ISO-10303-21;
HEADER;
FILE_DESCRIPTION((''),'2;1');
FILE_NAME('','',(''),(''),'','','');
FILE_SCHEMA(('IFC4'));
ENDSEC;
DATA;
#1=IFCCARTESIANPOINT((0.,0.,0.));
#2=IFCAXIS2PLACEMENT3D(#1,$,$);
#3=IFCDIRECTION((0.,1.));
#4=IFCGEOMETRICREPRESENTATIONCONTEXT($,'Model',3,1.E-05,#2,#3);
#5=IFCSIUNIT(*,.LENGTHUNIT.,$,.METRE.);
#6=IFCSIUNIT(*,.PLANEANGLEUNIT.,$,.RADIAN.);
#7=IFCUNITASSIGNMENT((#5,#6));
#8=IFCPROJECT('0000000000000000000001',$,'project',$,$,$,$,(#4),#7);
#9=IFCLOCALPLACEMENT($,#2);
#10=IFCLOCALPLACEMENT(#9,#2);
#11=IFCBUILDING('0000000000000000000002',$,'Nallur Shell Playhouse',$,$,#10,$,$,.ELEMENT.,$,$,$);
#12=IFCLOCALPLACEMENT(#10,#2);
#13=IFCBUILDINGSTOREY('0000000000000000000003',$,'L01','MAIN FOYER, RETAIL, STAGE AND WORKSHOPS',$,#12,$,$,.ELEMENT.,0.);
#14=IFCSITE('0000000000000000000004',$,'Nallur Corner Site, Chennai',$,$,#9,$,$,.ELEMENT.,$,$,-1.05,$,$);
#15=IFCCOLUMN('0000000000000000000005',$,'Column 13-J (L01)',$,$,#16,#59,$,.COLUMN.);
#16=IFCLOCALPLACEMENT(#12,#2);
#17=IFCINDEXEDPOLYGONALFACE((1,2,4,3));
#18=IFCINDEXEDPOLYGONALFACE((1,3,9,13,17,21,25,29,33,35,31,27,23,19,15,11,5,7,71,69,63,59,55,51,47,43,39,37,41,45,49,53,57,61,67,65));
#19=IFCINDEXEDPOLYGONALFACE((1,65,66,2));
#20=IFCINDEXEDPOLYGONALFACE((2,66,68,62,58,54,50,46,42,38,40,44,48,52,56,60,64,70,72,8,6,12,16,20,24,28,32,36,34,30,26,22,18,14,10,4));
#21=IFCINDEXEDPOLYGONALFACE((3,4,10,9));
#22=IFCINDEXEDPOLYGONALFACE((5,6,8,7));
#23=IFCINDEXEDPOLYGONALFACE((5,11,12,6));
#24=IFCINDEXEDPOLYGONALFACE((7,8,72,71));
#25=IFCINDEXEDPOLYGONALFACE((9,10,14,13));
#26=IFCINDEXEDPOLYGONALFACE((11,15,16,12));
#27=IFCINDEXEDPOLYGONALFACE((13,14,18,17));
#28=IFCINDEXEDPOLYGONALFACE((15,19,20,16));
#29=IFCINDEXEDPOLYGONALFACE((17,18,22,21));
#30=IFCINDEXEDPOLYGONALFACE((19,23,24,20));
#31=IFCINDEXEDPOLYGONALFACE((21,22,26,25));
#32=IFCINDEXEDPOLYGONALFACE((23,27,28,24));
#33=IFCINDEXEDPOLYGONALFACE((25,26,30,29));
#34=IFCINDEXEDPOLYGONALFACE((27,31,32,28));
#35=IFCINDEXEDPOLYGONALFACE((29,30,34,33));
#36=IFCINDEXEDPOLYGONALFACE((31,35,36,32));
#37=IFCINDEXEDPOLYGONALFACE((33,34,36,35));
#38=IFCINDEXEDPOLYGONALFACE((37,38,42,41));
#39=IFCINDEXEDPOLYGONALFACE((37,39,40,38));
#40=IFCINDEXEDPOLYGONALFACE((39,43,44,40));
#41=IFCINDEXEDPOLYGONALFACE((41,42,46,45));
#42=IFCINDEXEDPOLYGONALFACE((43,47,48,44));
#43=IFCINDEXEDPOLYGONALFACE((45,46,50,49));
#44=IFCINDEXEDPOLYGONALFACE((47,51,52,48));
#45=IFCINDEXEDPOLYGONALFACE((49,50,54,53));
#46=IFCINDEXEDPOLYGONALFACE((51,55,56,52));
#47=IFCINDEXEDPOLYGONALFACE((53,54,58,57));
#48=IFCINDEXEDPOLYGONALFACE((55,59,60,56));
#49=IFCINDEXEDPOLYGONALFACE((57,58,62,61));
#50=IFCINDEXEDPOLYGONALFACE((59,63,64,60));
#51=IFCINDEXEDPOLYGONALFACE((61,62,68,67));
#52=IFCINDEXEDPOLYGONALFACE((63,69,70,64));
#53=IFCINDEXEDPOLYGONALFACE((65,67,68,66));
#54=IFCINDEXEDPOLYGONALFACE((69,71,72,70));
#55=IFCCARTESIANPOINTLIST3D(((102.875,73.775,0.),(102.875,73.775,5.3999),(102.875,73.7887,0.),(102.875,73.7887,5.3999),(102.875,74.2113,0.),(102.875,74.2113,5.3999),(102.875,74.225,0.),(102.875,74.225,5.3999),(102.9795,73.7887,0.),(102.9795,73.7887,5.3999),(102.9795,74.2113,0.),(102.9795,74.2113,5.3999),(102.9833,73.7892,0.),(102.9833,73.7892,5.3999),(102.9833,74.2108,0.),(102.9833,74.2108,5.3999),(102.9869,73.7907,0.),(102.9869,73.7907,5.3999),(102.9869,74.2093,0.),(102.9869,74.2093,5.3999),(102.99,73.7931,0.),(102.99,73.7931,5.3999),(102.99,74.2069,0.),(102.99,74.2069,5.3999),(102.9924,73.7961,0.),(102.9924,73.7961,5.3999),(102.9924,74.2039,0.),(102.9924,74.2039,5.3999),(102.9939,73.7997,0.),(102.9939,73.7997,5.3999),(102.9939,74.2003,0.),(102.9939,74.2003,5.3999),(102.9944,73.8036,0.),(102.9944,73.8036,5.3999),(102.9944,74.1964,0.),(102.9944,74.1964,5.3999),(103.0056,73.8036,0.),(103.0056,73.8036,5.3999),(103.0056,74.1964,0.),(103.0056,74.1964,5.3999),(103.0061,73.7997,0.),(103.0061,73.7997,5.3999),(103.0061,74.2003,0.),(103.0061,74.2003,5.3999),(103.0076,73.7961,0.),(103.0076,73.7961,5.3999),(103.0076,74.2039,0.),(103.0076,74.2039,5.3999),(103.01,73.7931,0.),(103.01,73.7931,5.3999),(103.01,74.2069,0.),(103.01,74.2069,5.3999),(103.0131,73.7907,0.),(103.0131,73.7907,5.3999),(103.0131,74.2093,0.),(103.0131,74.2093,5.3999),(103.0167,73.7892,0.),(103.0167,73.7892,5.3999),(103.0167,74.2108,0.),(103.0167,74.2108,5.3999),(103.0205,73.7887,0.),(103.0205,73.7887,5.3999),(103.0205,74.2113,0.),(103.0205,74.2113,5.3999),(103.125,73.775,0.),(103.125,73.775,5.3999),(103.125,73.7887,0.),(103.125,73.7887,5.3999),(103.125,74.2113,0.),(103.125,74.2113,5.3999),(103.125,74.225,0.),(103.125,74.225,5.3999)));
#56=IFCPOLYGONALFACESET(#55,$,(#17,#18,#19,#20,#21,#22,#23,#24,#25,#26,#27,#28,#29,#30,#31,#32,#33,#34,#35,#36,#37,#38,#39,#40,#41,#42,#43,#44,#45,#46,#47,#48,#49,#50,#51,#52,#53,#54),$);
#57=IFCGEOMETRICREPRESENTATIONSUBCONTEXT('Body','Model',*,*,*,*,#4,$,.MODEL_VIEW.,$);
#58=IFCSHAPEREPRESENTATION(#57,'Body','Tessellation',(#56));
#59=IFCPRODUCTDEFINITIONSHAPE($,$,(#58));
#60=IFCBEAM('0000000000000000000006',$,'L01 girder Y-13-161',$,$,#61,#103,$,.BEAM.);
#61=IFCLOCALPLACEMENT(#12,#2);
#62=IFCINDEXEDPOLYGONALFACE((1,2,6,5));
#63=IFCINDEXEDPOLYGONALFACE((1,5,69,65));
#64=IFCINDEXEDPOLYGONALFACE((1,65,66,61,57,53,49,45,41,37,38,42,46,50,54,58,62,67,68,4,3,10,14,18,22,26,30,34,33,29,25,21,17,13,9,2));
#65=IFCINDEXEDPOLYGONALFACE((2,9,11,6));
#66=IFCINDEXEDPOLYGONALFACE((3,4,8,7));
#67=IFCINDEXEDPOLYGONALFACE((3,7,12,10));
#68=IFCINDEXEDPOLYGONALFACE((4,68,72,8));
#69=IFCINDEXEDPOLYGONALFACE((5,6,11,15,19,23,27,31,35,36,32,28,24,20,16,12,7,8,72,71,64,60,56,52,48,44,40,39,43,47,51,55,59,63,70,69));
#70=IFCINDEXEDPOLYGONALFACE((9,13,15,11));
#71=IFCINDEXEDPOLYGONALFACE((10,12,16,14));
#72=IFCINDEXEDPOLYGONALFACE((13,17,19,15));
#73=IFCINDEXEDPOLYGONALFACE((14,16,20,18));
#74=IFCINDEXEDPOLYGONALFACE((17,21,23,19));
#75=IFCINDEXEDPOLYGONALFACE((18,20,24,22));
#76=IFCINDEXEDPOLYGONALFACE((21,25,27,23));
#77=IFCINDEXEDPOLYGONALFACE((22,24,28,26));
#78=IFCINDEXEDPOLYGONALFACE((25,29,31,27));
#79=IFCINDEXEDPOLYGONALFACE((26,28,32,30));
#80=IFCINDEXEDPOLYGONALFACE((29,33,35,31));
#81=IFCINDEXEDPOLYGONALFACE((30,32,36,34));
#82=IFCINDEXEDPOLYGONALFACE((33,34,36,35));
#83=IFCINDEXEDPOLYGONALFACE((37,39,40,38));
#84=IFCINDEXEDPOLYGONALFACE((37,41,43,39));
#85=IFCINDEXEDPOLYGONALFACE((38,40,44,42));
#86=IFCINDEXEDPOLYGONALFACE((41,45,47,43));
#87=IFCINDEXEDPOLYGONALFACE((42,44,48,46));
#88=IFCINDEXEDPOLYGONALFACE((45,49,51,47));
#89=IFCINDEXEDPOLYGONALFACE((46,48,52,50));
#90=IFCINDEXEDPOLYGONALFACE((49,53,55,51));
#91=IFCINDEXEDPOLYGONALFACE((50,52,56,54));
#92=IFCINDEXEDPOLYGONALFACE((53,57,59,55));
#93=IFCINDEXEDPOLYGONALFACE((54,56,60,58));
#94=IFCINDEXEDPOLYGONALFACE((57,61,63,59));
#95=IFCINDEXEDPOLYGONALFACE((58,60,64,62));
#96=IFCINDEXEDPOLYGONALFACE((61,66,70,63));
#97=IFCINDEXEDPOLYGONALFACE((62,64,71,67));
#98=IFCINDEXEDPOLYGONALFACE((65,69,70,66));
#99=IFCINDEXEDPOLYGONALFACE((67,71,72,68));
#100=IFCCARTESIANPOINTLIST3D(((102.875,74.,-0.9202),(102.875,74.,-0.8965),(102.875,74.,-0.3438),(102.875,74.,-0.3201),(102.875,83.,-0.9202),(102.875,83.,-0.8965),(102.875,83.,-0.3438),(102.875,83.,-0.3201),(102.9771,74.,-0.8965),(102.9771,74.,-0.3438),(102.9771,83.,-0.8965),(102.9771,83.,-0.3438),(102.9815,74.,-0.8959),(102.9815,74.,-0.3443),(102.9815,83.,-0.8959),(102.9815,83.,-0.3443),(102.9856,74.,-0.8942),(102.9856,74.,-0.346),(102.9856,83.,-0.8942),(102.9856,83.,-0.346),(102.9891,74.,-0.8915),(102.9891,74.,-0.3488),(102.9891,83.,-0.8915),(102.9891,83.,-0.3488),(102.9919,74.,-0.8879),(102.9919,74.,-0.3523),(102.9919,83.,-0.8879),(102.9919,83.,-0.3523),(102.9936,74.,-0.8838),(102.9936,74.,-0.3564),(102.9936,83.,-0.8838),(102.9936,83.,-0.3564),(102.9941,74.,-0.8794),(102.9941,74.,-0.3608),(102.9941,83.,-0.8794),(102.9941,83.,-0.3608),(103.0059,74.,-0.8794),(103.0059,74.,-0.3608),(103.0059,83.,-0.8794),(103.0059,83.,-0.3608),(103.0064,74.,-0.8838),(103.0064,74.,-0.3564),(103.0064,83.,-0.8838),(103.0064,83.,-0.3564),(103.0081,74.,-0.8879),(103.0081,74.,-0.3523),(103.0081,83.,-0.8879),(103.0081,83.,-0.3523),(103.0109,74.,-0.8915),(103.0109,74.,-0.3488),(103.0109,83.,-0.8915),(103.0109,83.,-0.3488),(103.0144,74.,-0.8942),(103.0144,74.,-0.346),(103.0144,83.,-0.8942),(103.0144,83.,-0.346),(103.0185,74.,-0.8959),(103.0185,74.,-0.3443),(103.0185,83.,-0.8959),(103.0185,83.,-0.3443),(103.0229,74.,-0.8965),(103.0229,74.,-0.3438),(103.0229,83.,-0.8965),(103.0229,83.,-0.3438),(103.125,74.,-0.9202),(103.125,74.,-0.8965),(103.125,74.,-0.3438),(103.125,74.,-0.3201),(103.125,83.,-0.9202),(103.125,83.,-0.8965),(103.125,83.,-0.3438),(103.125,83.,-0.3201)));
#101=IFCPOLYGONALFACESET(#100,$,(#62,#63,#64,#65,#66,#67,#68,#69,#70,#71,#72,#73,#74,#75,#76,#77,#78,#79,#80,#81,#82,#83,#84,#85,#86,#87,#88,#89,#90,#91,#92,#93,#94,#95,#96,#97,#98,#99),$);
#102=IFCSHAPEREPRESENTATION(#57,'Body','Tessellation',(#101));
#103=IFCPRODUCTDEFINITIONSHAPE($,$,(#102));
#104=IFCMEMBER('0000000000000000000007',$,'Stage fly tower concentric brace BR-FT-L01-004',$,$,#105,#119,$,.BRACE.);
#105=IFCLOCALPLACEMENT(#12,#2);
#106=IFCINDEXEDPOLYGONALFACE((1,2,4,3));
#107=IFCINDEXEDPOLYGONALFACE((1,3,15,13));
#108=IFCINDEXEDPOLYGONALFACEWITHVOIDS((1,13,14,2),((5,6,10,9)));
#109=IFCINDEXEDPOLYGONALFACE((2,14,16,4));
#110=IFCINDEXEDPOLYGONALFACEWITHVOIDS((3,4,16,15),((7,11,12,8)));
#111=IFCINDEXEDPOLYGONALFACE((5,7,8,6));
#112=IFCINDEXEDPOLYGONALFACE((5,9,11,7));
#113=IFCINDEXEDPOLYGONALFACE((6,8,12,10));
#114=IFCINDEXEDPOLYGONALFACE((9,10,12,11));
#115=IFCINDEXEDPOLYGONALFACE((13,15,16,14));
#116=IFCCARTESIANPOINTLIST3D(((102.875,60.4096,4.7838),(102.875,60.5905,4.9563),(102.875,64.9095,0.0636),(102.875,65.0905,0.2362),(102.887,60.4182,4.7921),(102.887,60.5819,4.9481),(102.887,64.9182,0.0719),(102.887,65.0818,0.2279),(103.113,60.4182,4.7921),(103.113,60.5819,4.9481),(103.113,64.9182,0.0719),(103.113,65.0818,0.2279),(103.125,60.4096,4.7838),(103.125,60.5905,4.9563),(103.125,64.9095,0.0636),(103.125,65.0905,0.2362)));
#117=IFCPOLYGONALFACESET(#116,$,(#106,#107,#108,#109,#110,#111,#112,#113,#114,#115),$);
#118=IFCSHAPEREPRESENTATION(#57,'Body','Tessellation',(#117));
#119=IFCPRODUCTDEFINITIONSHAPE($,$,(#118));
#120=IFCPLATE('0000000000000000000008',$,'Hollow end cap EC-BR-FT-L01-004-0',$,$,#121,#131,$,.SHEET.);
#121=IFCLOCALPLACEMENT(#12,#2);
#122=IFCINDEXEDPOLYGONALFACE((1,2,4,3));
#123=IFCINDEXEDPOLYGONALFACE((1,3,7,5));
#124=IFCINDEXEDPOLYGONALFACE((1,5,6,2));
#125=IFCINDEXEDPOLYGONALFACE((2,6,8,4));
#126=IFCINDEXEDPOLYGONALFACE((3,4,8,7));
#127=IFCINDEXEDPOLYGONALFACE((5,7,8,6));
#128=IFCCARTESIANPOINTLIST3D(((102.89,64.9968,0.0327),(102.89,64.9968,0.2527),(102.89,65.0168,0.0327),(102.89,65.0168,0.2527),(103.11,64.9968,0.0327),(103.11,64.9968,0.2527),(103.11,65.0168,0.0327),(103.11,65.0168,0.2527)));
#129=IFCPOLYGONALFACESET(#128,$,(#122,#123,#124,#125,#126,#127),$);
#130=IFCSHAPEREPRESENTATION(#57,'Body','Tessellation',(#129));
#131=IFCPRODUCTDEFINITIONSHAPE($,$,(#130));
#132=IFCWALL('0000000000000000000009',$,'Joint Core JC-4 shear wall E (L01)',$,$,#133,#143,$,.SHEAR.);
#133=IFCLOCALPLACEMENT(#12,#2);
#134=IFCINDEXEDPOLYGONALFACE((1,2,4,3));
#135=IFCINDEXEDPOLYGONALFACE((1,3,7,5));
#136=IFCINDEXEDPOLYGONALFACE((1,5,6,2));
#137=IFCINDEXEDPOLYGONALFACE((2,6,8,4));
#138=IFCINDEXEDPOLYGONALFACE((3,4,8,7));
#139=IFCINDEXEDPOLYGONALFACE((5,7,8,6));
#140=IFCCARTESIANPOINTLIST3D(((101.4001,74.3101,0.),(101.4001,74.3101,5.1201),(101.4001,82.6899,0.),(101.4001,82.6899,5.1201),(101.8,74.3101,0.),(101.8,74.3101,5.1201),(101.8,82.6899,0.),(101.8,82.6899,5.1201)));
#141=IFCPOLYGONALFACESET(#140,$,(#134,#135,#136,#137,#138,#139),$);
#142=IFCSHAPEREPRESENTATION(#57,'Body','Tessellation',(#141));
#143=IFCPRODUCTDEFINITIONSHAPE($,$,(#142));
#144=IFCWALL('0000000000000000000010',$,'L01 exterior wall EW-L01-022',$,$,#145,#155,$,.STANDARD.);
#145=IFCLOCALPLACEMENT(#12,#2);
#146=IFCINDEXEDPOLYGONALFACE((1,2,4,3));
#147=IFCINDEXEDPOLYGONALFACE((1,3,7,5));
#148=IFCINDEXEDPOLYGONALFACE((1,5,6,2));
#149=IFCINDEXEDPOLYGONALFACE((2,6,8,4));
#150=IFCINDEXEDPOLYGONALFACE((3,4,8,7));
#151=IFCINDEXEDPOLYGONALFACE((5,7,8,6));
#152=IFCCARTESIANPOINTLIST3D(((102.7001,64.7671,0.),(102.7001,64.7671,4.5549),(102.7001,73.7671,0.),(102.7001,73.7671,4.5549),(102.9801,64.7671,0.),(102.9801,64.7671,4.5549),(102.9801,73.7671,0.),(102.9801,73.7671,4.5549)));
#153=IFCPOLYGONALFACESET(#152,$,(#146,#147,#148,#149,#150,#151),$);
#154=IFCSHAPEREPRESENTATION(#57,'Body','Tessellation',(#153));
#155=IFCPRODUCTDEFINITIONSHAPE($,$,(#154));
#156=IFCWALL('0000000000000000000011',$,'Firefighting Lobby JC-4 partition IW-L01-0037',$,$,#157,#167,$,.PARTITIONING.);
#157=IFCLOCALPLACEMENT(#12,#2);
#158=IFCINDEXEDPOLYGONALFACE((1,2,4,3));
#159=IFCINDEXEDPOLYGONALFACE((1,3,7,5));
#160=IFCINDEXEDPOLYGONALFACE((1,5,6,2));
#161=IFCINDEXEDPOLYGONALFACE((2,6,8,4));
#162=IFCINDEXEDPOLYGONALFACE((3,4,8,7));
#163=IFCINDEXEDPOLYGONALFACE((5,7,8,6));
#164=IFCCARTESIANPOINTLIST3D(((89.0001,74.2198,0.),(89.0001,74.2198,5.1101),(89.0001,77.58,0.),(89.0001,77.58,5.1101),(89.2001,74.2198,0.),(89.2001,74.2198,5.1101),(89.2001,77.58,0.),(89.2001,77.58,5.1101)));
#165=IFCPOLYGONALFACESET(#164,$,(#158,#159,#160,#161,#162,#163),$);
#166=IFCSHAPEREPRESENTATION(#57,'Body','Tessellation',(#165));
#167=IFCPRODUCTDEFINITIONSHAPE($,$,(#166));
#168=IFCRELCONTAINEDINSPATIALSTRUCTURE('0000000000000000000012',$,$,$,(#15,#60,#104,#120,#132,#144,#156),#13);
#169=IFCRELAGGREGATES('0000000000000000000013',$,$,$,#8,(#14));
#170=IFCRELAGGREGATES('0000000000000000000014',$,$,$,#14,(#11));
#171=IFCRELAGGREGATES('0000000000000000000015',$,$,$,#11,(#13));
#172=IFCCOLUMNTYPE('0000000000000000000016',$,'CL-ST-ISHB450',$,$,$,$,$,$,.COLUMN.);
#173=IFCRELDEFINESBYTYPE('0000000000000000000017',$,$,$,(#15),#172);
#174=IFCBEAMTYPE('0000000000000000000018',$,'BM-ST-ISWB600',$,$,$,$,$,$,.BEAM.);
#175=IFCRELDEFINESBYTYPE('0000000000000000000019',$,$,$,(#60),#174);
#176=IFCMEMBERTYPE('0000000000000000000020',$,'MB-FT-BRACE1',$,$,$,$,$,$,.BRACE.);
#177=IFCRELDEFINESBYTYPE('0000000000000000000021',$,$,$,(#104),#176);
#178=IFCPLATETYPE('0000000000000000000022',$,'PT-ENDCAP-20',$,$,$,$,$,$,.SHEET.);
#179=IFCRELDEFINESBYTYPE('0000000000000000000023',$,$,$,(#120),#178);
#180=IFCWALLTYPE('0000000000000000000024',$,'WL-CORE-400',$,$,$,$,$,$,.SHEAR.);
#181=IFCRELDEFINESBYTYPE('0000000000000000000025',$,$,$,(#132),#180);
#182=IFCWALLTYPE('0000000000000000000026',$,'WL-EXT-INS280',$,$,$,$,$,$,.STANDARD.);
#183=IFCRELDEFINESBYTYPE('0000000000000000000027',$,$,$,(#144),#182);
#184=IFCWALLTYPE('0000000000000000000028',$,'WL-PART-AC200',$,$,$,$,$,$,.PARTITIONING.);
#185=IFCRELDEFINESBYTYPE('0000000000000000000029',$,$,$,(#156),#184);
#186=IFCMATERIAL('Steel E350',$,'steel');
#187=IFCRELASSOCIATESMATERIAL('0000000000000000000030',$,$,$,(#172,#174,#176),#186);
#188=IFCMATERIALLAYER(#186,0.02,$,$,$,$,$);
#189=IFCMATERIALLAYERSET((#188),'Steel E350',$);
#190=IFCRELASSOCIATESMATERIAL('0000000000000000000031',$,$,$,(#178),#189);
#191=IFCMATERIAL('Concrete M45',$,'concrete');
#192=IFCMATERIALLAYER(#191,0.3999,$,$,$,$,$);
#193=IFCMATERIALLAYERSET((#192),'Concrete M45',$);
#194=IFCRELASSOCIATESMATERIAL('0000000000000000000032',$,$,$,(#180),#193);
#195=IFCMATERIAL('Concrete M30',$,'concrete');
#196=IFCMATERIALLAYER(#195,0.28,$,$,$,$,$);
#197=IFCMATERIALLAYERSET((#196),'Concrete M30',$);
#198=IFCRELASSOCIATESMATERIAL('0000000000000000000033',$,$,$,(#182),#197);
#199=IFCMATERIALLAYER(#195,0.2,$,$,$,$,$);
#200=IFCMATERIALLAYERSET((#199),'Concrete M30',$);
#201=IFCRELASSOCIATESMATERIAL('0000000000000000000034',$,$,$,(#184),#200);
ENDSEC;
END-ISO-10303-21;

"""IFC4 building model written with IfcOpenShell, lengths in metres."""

from ifc_helpers import new_model, si_unit, direction, frame, frame_2d, origin, origin_2d, place, context, subcontext, project, spatial, rectangle, hollow_rectangle, i_section, extrude, material, layer, layer_set, material_profile, profile_set, type_object, element, save


model = new_model("IFC4")

# Units and contexts
model_context = context("Model", 3, precision=1e-05, world=origin(), true_north=direction((0.0, 1.0)))
body_context = subcontext(model_context, "Body", "Model", "MODEL_VIEW")
ifc_project = project(units=[si_unit("LENGTHUNIT", "METRE"), si_unit("PLANEANGLEUNIT", "RADIAN")], contexts=[model_context])

# Site, building, storey
site_placement = place(None, origin())
site = spatial("IfcSite", under=ifc_project, at=site_placement, Name="Nallur Corner Site, Chennai", CompositionType="ELEMENT", RefElevation=-1.05)
building_placement = place(site_placement, origin())
building = spatial("IfcBuilding", under=site, at=building_placement, Name="Nallur Shell Playhouse", CompositionType="ELEMENT")
storey_placement = place(building_placement, origin())
storey = spatial("IfcBuildingStorey", under=building, at=storey_placement, Name="L01", Description="MAIN FOYER, RETAIL, STAGE AND WORKSHOPS", CompositionType="ELEMENT", Elevation=0.0)

# Column
ifc_material_1 = material(Name="Steel E350", Category="steel")
ifc_material_profile_1 = material_profile(ifc_material_1, i_section(OverallWidth=0.25, OverallDepth=0.45, WebThickness=0.0112, FlangeThickness=0.0137, FilletRadius=0.0149, at=origin_2d()), Name="ISHB 450")
ifc_profile_set_1 = profile_set([ifc_material_profile_1], Name="Steel E350")
column_type = type_object("IfcColumnType", Name="CL-ST-ISHB450", PredefinedType="COLUMN", material=ifc_profile_set_1)
column_placement = place(storey_placement, frame((103.0, 74.0, 0.0), z_axis=(0.0, 0.0, 1.0), x_axis=(1.0, 0.0, 0.0)))
element("IfcColumn", 1, at=column_placement, inside=storey, type_object=column_type, Name="Column 13-J (L01)", PredefinedType="COLUMN", context=body_context, shape_type="SweptSolid", body=[
    extrude(i_section(OverallWidth=0.25, OverallDepth=0.45, WebThickness=0.0112, FlangeThickness=0.0137, FilletRadius=0.0149, at=origin_2d()), origin(), (0.0, 0.0, 1.0), 5.3999),
])

# Beam
ifc_material_profile_2 = material_profile(ifc_material_1, i_section(OverallWidth=0.25, OverallDepth=0.6001, WebThickness=0.0117, FlangeThickness=0.0237, FilletRadius=0.0171, at=origin_2d()), Name="ISWB 600")
ifc_profile_set_2 = profile_set([ifc_material_profile_2], Name="Steel E350")
beam_type = type_object("IfcBeamType", Name="BM-ST-ISWB600", PredefinedType="BEAM", material=ifc_profile_set_2)
beam_placement = place(storey_placement, frame((103.0, 74.0, -0.6201), z_axis=(0.0, 1.0, 0.0), x_axis=(-1.0, 0.0, 0.0)))
element("IfcBeam", 2, at=beam_placement, inside=storey, type_object=beam_type, Name="L01 girder Y-13-161", PredefinedType="BEAM", context=body_context, shape_type="SweptSolid", body=[
    extrude(i_section(OverallWidth=0.25, OverallDepth=0.6001, WebThickness=0.0117, FlangeThickness=0.0237, FilletRadius=0.0171, at=origin_2d()), origin(), (0.0, 0.0, 1.0), 9.0),
])

# Member
ifc_material_profile_3 = material_profile(ifc_material_1, hollow_rectangle(XDim=0.25, YDim=0.25, WallThickness=0.012, at=origin_2d()), Name="SHS 250x250x12")
ifc_profile_set_3 = profile_set([ifc_material_profile_3], Name="Steel E350")
member_type = type_object("IfcMemberType", Name="MB-FT-BRACE1", PredefinedType="BRACE", material=ifc_profile_set_3)
member_placement = place(storey_placement, frame((103.0, 65.0, 0.1499), z_axis=(0.0, -0.690022, 0.723789), x_axis=(1.0, 0.0, 0.0)))
element("IfcMember", 3, at=member_placement, inside=storey, type_object=member_type, Name="Stage fly tower concentric brace BR-FT-L01-004", PredefinedType="BRACE", context=body_context, shape_type="SweptSolid", body=[
    extrude(hollow_rectangle(XDim=0.25, YDim=0.25, WallThickness=0.012, at=origin_2d()), origin(), (0.0, 0.0, 1.0), 6.5215),
])

# Plate
ifc_layer_1 = layer(ifc_material_1, 0.02)
ifc_layer_set_1 = layer_set([ifc_layer_1], Name="Steel E350")
plate_type = type_object("IfcPlateType", Name="PT-ENDCAP-20", PredefinedType="SHEET", material=ifc_layer_set_1)
plate_placement = place(storey_placement, frame((103.0, 65.0068, 0.0327), z_axis=(0.0, 0.0, 1.0), x_axis=(1.0, 0.0, 0.0)))
element("IfcPlate", 4, at=plate_placement, inside=storey, type_object=plate_type, Name="Hollow end cap EC-BR-FT-L01-004-0", PredefinedType="SHEET", context=body_context, shape_type="SweptSolid", body=[
    extrude(rectangle(XDim=0.22, YDim=0.02, at=origin_2d()), origin(), (0.0, 0.0, 1.0), 0.22),
])

# Shared definitions
ifc_material_2 = material(Name="Concrete M45", Category="concrete")
ifc_layer_2 = layer(ifc_material_2, 0.3999)
ifc_layer_set_2 = layer_set([ifc_layer_2], Name="Concrete M45")
wall_type_1 = type_object("IfcWallType", Name="WL-CORE-400", PredefinedType="SHEAR", material=ifc_layer_set_2)

# Walls
wall_1_placement = place(storey_placement, frame((101.6001, 74.3101, 0.0), z_axis=(0.0, 0.0, 1.0), x_axis=(0.0, 1.0, 0.0)))
element("IfcWall", 5, at=wall_1_placement, inside=storey, type_object=wall_type_1, Name="Joint Core JC-4 shear wall E (L01)", PredefinedType="SHEAR", context=body_context, shape_type="SweptSolid", body=[
    extrude(rectangle(XDim=8.3799, YDim=0.3999, at=frame_2d((4.1899, 0.0))), origin(), (0.0, 0.0, 1.0), 5.1201),
])
ifc_material_3 = material(Name="Concrete M30", Category="concrete")
ifc_layer_3 = layer(ifc_material_3, 0.28)
ifc_layer_set_3 = layer_set([ifc_layer_3], Name="Concrete M30")
wall_type_2 = type_object("IfcWallType", Name="WL-EXT-INS280", PredefinedType="STANDARD", material=ifc_layer_set_3)
wall_2_placement = place(storey_placement, frame((102.8401, 73.7671, 0.0), z_axis=(0.0, 0.0, 1.0), x_axis=(0.0, -1.0, 0.0)))
element("IfcWall", 6, at=wall_2_placement, inside=storey, type_object=wall_type_2, Name="L01 exterior wall EW-L01-022", PredefinedType="STANDARD", context=body_context, shape_type="SweptSolid", body=[
    extrude(rectangle(XDim=9.0, YDim=0.28, at=frame_2d((4.5, 0.0))), origin(), (0.0, 0.0, 1.0), 4.5549),
])
ifc_layer_4 = layer(ifc_material_3, 0.2)
ifc_layer_set_4 = layer_set([ifc_layer_4], Name="Concrete M30")
wall_type_3 = type_object("IfcWallType", Name="WL-PART-AC200", PredefinedType="PARTITIONING", material=ifc_layer_set_4)
wall_3_placement = place(storey_placement, frame((89.1001, 77.5801, 0.0), z_axis=(0.0, 0.0, 1.0), x_axis=(0.0, -1.0, 0.0)))
element("IfcWall", 7, at=wall_3_placement, inside=storey, type_object=wall_type_3, Name="Firefighting Lobby JC-4 partition IW-L01-0037", PredefinedType="PARTITIONING", context=body_context, shape_type="SweptSolid", body=[
    extrude(rectangle(XDim=3.3601, YDim=0.2, at=frame_2d((1.6802, 0.0))), origin(), (0.0, 0.0, 1.0), 5.1101),
])

save(model, "model.ifc")
